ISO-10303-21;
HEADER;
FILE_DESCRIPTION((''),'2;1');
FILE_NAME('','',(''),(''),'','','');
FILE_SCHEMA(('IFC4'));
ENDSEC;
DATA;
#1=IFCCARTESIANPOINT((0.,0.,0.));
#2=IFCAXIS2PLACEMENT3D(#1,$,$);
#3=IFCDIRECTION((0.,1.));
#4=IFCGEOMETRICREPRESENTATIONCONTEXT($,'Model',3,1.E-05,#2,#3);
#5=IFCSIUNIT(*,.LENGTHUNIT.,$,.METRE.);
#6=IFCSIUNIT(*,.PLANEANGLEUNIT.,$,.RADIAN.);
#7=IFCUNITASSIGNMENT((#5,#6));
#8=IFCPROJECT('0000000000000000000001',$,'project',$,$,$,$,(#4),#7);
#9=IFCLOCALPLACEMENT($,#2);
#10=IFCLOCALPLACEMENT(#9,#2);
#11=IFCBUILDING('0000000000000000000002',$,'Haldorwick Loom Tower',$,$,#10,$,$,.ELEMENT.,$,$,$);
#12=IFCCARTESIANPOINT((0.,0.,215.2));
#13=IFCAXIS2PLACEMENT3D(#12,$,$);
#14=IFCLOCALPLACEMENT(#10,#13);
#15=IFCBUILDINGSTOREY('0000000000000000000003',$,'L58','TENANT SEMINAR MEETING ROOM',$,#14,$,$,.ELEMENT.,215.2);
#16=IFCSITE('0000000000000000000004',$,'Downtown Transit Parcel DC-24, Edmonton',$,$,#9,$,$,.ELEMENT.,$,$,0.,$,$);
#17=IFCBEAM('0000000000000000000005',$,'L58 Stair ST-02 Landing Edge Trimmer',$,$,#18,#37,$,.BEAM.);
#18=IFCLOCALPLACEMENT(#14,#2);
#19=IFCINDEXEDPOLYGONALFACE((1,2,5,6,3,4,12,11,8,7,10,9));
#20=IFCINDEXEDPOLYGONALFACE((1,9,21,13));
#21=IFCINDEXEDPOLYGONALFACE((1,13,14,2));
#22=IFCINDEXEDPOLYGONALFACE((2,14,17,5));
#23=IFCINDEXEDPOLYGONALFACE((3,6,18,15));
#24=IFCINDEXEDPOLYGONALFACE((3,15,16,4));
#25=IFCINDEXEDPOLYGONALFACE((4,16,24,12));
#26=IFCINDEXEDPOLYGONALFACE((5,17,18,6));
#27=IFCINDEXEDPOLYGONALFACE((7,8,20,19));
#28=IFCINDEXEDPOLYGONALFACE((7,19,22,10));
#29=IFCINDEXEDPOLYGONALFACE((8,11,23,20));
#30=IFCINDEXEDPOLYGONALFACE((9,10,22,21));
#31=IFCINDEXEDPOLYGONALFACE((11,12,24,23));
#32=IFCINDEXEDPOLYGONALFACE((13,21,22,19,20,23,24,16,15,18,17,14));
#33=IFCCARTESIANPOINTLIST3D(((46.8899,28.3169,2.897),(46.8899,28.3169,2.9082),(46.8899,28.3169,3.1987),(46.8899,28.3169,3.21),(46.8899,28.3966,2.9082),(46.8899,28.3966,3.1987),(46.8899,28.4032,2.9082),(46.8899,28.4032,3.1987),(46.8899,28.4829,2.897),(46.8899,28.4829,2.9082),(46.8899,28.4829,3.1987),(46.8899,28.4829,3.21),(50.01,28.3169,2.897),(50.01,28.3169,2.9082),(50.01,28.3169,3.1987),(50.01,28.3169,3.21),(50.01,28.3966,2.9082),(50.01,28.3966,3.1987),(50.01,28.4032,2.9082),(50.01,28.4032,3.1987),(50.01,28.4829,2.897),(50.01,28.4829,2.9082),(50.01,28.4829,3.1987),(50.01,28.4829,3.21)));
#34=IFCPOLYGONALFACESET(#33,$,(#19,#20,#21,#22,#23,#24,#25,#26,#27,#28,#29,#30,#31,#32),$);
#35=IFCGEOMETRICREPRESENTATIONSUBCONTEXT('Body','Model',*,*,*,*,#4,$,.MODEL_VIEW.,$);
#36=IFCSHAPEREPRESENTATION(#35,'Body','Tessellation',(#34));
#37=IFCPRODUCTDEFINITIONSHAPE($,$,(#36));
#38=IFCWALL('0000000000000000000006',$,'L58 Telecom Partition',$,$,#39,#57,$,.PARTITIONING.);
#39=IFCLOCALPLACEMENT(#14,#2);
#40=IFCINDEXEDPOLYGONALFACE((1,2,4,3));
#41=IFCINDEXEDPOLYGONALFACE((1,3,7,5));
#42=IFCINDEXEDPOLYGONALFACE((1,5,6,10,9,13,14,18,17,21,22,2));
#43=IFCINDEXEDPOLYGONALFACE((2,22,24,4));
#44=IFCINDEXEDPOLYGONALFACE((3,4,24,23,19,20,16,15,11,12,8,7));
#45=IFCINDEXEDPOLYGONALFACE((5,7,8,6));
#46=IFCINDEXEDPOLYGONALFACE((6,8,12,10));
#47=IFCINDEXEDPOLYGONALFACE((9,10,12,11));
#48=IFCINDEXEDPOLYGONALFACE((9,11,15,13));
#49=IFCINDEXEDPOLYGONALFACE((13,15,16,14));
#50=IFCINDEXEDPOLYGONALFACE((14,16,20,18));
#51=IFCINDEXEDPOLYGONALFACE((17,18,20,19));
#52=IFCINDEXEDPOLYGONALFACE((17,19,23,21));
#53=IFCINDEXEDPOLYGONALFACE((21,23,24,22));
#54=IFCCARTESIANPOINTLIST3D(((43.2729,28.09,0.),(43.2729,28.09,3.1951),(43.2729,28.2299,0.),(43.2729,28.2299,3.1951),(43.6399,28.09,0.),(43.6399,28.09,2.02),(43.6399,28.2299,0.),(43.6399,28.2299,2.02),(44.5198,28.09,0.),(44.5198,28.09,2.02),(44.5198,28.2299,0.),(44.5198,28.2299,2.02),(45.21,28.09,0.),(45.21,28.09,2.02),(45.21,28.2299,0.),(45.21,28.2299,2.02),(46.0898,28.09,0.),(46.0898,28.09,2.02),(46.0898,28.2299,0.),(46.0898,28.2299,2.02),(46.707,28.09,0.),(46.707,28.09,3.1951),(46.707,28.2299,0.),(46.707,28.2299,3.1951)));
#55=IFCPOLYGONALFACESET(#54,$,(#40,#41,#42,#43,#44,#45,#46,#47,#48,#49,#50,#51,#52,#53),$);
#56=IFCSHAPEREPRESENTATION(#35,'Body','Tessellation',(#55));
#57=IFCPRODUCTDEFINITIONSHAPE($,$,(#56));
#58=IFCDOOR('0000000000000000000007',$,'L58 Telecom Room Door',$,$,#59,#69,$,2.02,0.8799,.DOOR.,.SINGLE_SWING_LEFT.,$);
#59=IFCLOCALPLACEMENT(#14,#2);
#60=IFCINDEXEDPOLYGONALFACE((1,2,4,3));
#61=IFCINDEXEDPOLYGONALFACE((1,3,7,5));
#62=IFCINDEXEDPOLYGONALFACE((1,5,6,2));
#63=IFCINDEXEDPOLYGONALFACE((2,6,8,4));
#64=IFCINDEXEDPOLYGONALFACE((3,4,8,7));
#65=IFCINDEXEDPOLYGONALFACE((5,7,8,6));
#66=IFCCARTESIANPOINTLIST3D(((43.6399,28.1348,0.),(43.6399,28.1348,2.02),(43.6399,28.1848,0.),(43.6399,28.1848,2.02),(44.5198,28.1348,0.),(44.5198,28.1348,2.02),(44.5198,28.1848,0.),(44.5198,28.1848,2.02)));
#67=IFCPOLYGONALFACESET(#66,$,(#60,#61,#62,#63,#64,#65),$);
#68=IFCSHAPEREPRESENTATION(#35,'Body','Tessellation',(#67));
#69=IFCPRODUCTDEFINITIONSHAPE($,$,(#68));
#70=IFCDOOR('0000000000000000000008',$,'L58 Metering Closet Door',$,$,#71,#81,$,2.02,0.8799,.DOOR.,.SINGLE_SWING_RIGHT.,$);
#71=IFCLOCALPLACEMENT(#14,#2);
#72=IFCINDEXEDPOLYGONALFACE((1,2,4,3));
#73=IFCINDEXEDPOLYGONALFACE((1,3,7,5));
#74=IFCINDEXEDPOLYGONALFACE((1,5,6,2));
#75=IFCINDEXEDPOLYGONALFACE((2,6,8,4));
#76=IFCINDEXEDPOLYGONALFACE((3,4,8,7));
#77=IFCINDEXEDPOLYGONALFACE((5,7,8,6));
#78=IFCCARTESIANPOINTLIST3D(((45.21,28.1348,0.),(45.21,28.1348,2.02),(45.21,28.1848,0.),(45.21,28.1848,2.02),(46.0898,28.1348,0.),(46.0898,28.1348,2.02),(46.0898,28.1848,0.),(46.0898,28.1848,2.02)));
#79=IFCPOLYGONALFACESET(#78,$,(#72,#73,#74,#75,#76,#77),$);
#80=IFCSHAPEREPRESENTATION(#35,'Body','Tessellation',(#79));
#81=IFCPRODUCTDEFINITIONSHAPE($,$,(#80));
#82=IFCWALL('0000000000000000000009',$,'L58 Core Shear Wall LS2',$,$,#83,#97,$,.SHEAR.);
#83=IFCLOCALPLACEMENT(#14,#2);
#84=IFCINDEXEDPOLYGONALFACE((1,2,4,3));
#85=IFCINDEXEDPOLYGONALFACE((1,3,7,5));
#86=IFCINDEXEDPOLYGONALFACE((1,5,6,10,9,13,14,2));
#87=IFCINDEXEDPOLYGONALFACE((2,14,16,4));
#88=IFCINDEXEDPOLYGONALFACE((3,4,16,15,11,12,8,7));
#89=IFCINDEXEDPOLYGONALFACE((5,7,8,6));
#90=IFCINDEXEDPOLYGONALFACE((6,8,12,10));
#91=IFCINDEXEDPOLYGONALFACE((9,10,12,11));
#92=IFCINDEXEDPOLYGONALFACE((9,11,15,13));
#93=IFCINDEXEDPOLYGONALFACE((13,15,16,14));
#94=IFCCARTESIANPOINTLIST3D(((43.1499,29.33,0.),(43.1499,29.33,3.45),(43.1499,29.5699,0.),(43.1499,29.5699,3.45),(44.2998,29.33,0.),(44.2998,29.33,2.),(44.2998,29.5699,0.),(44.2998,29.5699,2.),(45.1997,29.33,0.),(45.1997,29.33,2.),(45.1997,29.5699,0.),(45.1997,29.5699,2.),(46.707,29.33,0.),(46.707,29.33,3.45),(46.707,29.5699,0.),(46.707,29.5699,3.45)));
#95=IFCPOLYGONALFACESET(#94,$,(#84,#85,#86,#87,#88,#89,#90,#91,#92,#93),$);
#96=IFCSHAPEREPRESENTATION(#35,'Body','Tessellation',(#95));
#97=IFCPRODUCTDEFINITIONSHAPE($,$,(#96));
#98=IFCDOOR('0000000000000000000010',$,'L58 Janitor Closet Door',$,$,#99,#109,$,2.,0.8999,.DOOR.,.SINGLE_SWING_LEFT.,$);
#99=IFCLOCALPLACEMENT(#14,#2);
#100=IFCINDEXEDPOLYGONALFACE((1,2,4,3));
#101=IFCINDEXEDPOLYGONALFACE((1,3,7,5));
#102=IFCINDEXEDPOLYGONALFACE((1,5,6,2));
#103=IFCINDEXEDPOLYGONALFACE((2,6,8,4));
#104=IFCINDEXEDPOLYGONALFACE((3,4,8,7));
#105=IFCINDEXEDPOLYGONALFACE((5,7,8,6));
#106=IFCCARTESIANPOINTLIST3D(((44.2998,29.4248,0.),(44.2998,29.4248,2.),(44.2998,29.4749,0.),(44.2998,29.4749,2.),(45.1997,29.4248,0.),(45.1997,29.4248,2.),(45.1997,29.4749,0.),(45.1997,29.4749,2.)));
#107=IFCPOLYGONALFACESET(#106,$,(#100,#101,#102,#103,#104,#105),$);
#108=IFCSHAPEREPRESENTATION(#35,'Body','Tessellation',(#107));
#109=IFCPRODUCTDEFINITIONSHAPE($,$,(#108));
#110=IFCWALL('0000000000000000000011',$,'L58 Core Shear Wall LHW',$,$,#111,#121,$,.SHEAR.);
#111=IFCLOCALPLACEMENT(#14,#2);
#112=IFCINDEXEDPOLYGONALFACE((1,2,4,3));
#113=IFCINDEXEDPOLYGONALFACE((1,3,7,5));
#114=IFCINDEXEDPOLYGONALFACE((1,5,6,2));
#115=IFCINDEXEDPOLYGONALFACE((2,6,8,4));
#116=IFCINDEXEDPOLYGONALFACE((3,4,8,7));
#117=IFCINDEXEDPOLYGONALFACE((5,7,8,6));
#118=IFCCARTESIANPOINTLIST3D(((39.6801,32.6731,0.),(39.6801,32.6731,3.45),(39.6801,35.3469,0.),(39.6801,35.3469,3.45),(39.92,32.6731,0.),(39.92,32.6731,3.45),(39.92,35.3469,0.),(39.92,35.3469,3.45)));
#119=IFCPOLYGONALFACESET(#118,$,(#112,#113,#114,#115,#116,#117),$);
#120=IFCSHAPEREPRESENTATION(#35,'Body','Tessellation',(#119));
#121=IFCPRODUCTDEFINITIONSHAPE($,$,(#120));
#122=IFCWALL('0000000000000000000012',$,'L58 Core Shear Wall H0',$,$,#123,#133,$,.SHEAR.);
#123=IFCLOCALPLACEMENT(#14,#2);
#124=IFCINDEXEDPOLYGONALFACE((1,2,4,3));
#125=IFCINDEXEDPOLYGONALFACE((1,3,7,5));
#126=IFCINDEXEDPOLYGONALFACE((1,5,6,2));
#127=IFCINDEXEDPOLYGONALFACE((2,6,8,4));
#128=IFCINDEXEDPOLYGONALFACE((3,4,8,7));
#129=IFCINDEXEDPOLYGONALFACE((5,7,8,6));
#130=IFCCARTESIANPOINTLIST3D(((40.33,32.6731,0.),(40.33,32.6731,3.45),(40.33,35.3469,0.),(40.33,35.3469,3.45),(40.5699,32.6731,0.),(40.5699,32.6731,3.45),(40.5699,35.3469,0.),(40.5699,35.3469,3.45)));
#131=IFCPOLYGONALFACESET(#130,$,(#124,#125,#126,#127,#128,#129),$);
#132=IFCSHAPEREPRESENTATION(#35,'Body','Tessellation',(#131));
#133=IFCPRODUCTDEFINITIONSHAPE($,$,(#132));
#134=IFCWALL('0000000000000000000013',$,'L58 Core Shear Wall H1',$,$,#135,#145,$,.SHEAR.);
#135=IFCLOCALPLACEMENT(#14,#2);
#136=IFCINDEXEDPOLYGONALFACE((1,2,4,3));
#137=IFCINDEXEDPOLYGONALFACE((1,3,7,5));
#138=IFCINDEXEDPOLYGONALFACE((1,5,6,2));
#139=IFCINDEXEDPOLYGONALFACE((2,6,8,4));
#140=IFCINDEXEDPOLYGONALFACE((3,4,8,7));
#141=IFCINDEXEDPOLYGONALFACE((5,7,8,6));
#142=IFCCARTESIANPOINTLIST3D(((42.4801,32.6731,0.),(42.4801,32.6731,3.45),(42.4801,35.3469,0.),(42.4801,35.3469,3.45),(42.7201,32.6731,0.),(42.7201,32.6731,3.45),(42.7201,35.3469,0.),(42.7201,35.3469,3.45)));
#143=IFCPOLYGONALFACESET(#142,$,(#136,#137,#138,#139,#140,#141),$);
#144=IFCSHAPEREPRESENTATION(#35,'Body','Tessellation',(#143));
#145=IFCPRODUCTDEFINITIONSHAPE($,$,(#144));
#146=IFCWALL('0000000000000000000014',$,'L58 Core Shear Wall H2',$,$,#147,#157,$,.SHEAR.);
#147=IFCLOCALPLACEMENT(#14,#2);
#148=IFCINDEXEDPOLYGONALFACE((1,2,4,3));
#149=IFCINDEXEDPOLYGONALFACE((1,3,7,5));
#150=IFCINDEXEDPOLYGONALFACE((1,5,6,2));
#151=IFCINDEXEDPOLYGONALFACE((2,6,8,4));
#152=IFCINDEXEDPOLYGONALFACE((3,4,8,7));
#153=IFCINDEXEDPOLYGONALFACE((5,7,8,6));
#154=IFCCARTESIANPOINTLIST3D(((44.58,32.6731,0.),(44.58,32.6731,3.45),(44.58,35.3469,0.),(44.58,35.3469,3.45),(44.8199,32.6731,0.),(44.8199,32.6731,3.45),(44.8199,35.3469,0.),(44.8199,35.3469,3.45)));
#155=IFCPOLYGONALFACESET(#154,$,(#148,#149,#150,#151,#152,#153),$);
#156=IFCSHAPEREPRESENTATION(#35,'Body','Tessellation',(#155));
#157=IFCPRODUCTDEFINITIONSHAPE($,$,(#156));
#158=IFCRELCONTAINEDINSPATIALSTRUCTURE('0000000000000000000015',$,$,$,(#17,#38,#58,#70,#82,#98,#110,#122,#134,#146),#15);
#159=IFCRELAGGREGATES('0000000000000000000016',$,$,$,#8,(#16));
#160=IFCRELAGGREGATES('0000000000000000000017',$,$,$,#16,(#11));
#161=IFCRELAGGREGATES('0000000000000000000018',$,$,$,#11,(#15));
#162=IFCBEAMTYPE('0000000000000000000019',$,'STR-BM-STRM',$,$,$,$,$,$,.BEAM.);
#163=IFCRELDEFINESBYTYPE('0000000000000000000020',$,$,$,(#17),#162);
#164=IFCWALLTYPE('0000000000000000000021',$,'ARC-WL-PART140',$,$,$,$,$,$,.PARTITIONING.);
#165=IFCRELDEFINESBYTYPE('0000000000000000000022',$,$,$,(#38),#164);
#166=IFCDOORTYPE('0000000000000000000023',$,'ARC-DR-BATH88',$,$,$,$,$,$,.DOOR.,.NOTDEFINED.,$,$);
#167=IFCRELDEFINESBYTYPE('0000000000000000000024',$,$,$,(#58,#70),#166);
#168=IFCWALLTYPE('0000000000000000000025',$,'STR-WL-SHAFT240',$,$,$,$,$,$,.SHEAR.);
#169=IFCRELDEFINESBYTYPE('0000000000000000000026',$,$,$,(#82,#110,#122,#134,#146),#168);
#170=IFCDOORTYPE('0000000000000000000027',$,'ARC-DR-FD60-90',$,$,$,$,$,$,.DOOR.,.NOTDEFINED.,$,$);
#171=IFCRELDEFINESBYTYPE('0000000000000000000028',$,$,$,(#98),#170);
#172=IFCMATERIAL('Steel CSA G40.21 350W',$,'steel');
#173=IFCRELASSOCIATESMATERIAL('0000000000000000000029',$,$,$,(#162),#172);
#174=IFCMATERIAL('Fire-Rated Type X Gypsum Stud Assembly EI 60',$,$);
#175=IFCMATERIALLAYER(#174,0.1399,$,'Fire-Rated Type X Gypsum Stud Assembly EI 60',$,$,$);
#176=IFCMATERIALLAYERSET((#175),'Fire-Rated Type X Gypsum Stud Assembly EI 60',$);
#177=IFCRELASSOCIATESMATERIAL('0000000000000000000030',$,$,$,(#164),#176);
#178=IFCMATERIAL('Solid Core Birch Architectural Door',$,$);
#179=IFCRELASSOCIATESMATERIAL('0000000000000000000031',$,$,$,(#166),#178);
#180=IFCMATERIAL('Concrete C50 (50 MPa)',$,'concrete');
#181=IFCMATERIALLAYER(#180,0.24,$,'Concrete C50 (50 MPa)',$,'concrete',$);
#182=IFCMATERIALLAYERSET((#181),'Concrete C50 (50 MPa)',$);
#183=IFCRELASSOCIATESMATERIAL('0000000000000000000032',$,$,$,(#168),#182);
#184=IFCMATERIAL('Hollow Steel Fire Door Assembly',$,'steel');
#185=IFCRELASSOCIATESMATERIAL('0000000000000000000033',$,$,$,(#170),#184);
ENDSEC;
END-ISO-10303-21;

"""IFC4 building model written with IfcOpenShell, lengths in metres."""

from ifc_helpers import new_model, si_unit, direction, frame, frame_2d, origin, origin_2d, place, context, subcontext, project, spatial, rectangle, i_section, extrude, material, layer, layer_set, material_profile, profile_set, type_object, element, fill, save


model = new_model("IFC4")

# Units and contexts
model_context = context("Model", 3, precision=1e-05, world=origin(), true_north=direction((0.0, 1.0)))
body_context = subcontext(model_context, "Body", "Model", "MODEL_VIEW")
ifc_project = project(units=[si_unit("LENGTHUNIT", "METRE"), si_unit("PLANEANGLEUNIT", "RADIAN")], contexts=[model_context])

# Site, building, storey
site_placement = place(None, origin())
site = spatial("IfcSite", under=ifc_project, at=site_placement, Name="Downtown Transit Parcel DC-24, Edmonton", CompositionType="ELEMENT", RefElevation=0.0)
building_placement = place(site_placement, origin())
building = spatial("IfcBuilding", under=site, at=building_placement, Name="Haldorwick Loom Tower", CompositionType="ELEMENT")
storey_placement = place(building_placement, frame((0.0, 0.0, 215.2)))
storey = spatial("IfcBuildingStorey", under=building, at=storey_placement, Name="L58", Description="TENANT SEMINAR MEETING ROOM", CompositionType="ELEMENT", Elevation=215.2)

# Shared definitions
ifc_material_1 = material(Name="Steel CSA G40.21 350W", Category="steel")

# Beam
ifc_material_2 = material(Name="Concrete C50 (50 MPa)", Category="concrete")
ifc_material_profile_1 = material_profile(ifc_material_1, i_section(OverallWidth=0.166, OverallDepth=0.313, WebThickness=0.0066, FlangeThickness=0.0112, at=origin_2d()), Name="W310X45", Category="steel")
ifc_profile_set_1 = profile_set([ifc_material_profile_1], Name="Steel CSA G40.21 350W")
beam_type_1 = type_object("IfcBeamType", Name="STR-BM-STRM", PredefinedType="BEAM", material=ifc_profile_set_1)
beam_1_placement = place(storey_placement, frame((46.8899, 28.3999, 3.0535), z_axis=(1.0, 0.0, 0.0), x_axis=(0.0, 1.0, 0.0)))
element("IfcBeam", 1, at=beam_1_placement, inside=storey, type_object=beam_type_1, Name="L58 Stair ST-02 Landing Edge Trimmer", PredefinedType="BEAM", context=body_context, shape_type="SweptSolid", body=[
    extrude(i_section(OverallWidth=0.166, OverallDepth=0.313, WebThickness=0.0066, FlangeThickness=0.0112, at=origin_2d()), origin(), (0.0, 0.0, 1.0), 3.1201),
])

# Wall, openings, doors
ifc_material_3 = material(Name="Fire-Rated Type X Gypsum Stud Assembly EI 60")
ifc_layer_1 = layer(ifc_material_3, 0.1399, Name="Fire-Rated Type X Gypsum Stud Assembly EI 60")
ifc_layer_set_1 = layer_set([ifc_layer_1], Name="Fire-Rated Type X Gypsum Stud Assembly EI 60")
wall_type_1 = type_object("IfcWallType", Name="ARC-WL-PART140", PredefinedType="PARTITIONING", material=ifc_layer_set_1)
wall_1_placement = place(storey_placement, frame((43.2729, 28.1599, 0.0), z_axis=(0.0, 0.0, 1.0), x_axis=(1.0, 0.0, 0.0)))
wall_1 = element("IfcWall", 2, at=wall_1_placement, inside=storey, type_object=wall_type_1, Name="L58 Telecom Partition", PredefinedType="PARTITIONING", context=body_context, shape_type="SweptSolid", body=[
    extrude(rectangle(XDim=3.4341, YDim=0.1399, at=frame_2d((1.717, 0.0))), origin(), (0.0, 0.0, 1.0), 3.1951),
])
opening_1_placement = place(wall_1_placement, frame((0.3669, 0.0, 0.0)))
opening_1 = element("IfcOpeningElement", 3, at=opening_1_placement, cuts=wall_1, PredefinedType="OPENING", context=body_context, shape_type="SweptSolid", body=[
    extrude(rectangle(XDim=0.8799, YDim=2.02, at=frame_2d((0.4399, 1.01))), frame((0.0, 0.0798, 0.0), z_axis=(0.0, -1.0, 0.0), x_axis=(1.0, 0.0, 0.0)), (0.0, 0.0, 1.0), 0.1599),
])
opening_2_placement = place(wall_1_placement, frame((1.937, 0.0, 0.0)))
opening_2 = element("IfcOpeningElement", 4, at=opening_2_placement, cuts=wall_1, PredefinedType="OPENING", context=body_context, shape_type="SweptSolid", body=[
    extrude(rectangle(XDim=0.8799, YDim=2.02, at=frame_2d((0.4399, 1.01))), frame((0.0, 0.0798, 0.0), z_axis=(0.0, -1.0, 0.0), x_axis=(1.0, 0.0, 0.0)), (0.0, 0.0, 1.0), 0.1599),
])
ifc_material_4 = material(Name="Solid Core Birch Architectural Door")
door_type_1 = type_object("IfcDoorType", Name="ARC-DR-BATH88", OperationType="NOTDEFINED", PredefinedType="DOOR", material=ifc_material_4)
door_1_placement = place(opening_1_placement, origin())
door_1 = element("IfcDoor", 5, at=door_1_placement, inside=storey, type_object=door_type_1, Name="L58 Telecom Room Door", OperationType="SINGLE_SWING_LEFT", OverallHeight=2.02, OverallWidth=0.8799, PredefinedType="DOOR", context=body_context, shape_type="SweptSolid", body=[
    extrude(rectangle(XDim=0.8799, YDim=2.02, at=frame_2d((0.4399, 1.01))), frame((0.0, 0.0249, 0.0), z_axis=(0.0, -1.0, 0.0), x_axis=(1.0, 0.0, 0.0)), (0.0, 0.0, 1.0), 0.05),
])
fill(opening_1, door_1)
door_2_placement = place(opening_2_placement, origin())
door_2 = element("IfcDoor", 6, at=door_2_placement, inside=storey, type_object=door_type_1, Name="L58 Metering Closet Door", OperationType="SINGLE_SWING_RIGHT", OverallHeight=2.02, OverallWidth=0.8799, PredefinedType="DOOR", context=body_context, shape_type="SweptSolid", body=[
    extrude(rectangle(XDim=0.8799, YDim=2.02, at=frame_2d((0.4399, 1.01))), frame((0.0, 0.0249, 0.0), z_axis=(0.0, -1.0, 0.0), x_axis=(1.0, 0.0, 0.0)), (0.0, 0.0, 1.0), 0.05),
])
fill(opening_2, door_2)

# Wall, opening, door
ifc_layer_2 = layer(ifc_material_2, 0.24, Name="Concrete C50 (50 MPa)", Category="concrete")
ifc_layer_set_2 = layer_set([ifc_layer_2], Name="Concrete C50 (50 MPa)")
wall_type_2 = type_object("IfcWallType", Name="STR-WL-SHAFT240", PredefinedType="SHEAR", material=ifc_layer_set_2)
wall_2_placement = place(storey_placement, frame((43.1499, 29.45, 0.0), z_axis=(0.0, 0.0, 1.0), x_axis=(1.0, 0.0, 0.0)))
wall_2 = element("IfcWall", 7, at=wall_2_placement, inside=storey, type_object=wall_type_2, Name="L58 Core Shear Wall LS2", PredefinedType="SHEAR", context=body_context, shape_type="SweptSolid", body=[
    extrude(rectangle(XDim=3.5571, YDim=0.24, at=frame_2d((1.7786, 0.0))), origin(), (0.0, 0.0, 1.0), 3.45),
])
opening_3_placement = place(wall_2_placement, frame((1.1499, 0.0, 0.0)))
opening_3 = element("IfcOpeningElement", 8, at=opening_3_placement, cuts=wall_2, PredefinedType="OPENING", context=body_context, shape_type="SweptSolid", body=[
    extrude(rectangle(XDim=0.8999, YDim=2.0, at=frame_2d((0.45, 1.0))), frame((0.0, 0.1299, 0.0), z_axis=(0.0, -1.0, 0.0), x_axis=(1.0, 0.0, 0.0)), (0.0, 0.0, 1.0), 0.26),
])
ifc_material_5 = material(Name="Hollow Steel Fire Door Assembly", Category="steel")
door_type_2 = type_object("IfcDoorType", Name="ARC-DR-FD60-90", OperationType="NOTDEFINED", PredefinedType="DOOR", material=ifc_material_5)
door_3_placement = place(opening_3_placement, origin())
door_3 = element("IfcDoor", 9, at=door_3_placement, inside=storey, type_object=door_type_2, Name="L58 Janitor Closet Door", OperationType="SINGLE_SWING_LEFT", OverallHeight=2.0, OverallWidth=0.8999, PredefinedType="DOOR", context=body_context, shape_type="SweptSolid", body=[
    extrude(rectangle(XDim=0.8999, YDim=2.0, at=frame_2d((0.45, 1.0))), frame((0.0, 0.0249, 0.0), z_axis=(0.0, -1.0, 0.0), x_axis=(1.0, 0.0, 0.0)), (0.0, 0.0, 1.0), 0.05),
])
fill(opening_3, door_3)

# Walls
for number, where, z_axis, x_axis, name in (
    (10, (39.8, 32.6731, 0.0), (0.0, 0.0, 1.0), (0.0, 1.0, 0.0), "L58 Core Shear Wall LHW"),
    (11, (40.45, 32.6731, 0.0), (0.0, 0.0, 1.0), (0.0, 1.0, 0.0), "L58 Core Shear Wall H0"),
    (12, (42.6001, 32.6731, 0.0), (0.0, 0.0, 1.0), (0.0, 1.0, 0.0), "L58 Core Shear Wall H1"),
    (13, (44.7, 32.6731, 0.0), (0.0, 0.0, 1.0), (0.0, 1.0, 0.0), "L58 Core Shear Wall H2"),
):
    element("IfcWall", number, at=place(storey_placement, frame(where, z_axis=z_axis, x_axis=x_axis)), inside=storey, type_object=wall_type_2, Name=name, PredefinedType="SHEAR", context=body_context, shape_type="SweptSolid", body=[
        extrude(rectangle(XDim=2.6738, YDim=0.24, at=frame_2d((1.3369, 0.0))), origin(), (0.0, 0.0, 1.0), 3.45),
    ])

save(model, "model.ifc")
